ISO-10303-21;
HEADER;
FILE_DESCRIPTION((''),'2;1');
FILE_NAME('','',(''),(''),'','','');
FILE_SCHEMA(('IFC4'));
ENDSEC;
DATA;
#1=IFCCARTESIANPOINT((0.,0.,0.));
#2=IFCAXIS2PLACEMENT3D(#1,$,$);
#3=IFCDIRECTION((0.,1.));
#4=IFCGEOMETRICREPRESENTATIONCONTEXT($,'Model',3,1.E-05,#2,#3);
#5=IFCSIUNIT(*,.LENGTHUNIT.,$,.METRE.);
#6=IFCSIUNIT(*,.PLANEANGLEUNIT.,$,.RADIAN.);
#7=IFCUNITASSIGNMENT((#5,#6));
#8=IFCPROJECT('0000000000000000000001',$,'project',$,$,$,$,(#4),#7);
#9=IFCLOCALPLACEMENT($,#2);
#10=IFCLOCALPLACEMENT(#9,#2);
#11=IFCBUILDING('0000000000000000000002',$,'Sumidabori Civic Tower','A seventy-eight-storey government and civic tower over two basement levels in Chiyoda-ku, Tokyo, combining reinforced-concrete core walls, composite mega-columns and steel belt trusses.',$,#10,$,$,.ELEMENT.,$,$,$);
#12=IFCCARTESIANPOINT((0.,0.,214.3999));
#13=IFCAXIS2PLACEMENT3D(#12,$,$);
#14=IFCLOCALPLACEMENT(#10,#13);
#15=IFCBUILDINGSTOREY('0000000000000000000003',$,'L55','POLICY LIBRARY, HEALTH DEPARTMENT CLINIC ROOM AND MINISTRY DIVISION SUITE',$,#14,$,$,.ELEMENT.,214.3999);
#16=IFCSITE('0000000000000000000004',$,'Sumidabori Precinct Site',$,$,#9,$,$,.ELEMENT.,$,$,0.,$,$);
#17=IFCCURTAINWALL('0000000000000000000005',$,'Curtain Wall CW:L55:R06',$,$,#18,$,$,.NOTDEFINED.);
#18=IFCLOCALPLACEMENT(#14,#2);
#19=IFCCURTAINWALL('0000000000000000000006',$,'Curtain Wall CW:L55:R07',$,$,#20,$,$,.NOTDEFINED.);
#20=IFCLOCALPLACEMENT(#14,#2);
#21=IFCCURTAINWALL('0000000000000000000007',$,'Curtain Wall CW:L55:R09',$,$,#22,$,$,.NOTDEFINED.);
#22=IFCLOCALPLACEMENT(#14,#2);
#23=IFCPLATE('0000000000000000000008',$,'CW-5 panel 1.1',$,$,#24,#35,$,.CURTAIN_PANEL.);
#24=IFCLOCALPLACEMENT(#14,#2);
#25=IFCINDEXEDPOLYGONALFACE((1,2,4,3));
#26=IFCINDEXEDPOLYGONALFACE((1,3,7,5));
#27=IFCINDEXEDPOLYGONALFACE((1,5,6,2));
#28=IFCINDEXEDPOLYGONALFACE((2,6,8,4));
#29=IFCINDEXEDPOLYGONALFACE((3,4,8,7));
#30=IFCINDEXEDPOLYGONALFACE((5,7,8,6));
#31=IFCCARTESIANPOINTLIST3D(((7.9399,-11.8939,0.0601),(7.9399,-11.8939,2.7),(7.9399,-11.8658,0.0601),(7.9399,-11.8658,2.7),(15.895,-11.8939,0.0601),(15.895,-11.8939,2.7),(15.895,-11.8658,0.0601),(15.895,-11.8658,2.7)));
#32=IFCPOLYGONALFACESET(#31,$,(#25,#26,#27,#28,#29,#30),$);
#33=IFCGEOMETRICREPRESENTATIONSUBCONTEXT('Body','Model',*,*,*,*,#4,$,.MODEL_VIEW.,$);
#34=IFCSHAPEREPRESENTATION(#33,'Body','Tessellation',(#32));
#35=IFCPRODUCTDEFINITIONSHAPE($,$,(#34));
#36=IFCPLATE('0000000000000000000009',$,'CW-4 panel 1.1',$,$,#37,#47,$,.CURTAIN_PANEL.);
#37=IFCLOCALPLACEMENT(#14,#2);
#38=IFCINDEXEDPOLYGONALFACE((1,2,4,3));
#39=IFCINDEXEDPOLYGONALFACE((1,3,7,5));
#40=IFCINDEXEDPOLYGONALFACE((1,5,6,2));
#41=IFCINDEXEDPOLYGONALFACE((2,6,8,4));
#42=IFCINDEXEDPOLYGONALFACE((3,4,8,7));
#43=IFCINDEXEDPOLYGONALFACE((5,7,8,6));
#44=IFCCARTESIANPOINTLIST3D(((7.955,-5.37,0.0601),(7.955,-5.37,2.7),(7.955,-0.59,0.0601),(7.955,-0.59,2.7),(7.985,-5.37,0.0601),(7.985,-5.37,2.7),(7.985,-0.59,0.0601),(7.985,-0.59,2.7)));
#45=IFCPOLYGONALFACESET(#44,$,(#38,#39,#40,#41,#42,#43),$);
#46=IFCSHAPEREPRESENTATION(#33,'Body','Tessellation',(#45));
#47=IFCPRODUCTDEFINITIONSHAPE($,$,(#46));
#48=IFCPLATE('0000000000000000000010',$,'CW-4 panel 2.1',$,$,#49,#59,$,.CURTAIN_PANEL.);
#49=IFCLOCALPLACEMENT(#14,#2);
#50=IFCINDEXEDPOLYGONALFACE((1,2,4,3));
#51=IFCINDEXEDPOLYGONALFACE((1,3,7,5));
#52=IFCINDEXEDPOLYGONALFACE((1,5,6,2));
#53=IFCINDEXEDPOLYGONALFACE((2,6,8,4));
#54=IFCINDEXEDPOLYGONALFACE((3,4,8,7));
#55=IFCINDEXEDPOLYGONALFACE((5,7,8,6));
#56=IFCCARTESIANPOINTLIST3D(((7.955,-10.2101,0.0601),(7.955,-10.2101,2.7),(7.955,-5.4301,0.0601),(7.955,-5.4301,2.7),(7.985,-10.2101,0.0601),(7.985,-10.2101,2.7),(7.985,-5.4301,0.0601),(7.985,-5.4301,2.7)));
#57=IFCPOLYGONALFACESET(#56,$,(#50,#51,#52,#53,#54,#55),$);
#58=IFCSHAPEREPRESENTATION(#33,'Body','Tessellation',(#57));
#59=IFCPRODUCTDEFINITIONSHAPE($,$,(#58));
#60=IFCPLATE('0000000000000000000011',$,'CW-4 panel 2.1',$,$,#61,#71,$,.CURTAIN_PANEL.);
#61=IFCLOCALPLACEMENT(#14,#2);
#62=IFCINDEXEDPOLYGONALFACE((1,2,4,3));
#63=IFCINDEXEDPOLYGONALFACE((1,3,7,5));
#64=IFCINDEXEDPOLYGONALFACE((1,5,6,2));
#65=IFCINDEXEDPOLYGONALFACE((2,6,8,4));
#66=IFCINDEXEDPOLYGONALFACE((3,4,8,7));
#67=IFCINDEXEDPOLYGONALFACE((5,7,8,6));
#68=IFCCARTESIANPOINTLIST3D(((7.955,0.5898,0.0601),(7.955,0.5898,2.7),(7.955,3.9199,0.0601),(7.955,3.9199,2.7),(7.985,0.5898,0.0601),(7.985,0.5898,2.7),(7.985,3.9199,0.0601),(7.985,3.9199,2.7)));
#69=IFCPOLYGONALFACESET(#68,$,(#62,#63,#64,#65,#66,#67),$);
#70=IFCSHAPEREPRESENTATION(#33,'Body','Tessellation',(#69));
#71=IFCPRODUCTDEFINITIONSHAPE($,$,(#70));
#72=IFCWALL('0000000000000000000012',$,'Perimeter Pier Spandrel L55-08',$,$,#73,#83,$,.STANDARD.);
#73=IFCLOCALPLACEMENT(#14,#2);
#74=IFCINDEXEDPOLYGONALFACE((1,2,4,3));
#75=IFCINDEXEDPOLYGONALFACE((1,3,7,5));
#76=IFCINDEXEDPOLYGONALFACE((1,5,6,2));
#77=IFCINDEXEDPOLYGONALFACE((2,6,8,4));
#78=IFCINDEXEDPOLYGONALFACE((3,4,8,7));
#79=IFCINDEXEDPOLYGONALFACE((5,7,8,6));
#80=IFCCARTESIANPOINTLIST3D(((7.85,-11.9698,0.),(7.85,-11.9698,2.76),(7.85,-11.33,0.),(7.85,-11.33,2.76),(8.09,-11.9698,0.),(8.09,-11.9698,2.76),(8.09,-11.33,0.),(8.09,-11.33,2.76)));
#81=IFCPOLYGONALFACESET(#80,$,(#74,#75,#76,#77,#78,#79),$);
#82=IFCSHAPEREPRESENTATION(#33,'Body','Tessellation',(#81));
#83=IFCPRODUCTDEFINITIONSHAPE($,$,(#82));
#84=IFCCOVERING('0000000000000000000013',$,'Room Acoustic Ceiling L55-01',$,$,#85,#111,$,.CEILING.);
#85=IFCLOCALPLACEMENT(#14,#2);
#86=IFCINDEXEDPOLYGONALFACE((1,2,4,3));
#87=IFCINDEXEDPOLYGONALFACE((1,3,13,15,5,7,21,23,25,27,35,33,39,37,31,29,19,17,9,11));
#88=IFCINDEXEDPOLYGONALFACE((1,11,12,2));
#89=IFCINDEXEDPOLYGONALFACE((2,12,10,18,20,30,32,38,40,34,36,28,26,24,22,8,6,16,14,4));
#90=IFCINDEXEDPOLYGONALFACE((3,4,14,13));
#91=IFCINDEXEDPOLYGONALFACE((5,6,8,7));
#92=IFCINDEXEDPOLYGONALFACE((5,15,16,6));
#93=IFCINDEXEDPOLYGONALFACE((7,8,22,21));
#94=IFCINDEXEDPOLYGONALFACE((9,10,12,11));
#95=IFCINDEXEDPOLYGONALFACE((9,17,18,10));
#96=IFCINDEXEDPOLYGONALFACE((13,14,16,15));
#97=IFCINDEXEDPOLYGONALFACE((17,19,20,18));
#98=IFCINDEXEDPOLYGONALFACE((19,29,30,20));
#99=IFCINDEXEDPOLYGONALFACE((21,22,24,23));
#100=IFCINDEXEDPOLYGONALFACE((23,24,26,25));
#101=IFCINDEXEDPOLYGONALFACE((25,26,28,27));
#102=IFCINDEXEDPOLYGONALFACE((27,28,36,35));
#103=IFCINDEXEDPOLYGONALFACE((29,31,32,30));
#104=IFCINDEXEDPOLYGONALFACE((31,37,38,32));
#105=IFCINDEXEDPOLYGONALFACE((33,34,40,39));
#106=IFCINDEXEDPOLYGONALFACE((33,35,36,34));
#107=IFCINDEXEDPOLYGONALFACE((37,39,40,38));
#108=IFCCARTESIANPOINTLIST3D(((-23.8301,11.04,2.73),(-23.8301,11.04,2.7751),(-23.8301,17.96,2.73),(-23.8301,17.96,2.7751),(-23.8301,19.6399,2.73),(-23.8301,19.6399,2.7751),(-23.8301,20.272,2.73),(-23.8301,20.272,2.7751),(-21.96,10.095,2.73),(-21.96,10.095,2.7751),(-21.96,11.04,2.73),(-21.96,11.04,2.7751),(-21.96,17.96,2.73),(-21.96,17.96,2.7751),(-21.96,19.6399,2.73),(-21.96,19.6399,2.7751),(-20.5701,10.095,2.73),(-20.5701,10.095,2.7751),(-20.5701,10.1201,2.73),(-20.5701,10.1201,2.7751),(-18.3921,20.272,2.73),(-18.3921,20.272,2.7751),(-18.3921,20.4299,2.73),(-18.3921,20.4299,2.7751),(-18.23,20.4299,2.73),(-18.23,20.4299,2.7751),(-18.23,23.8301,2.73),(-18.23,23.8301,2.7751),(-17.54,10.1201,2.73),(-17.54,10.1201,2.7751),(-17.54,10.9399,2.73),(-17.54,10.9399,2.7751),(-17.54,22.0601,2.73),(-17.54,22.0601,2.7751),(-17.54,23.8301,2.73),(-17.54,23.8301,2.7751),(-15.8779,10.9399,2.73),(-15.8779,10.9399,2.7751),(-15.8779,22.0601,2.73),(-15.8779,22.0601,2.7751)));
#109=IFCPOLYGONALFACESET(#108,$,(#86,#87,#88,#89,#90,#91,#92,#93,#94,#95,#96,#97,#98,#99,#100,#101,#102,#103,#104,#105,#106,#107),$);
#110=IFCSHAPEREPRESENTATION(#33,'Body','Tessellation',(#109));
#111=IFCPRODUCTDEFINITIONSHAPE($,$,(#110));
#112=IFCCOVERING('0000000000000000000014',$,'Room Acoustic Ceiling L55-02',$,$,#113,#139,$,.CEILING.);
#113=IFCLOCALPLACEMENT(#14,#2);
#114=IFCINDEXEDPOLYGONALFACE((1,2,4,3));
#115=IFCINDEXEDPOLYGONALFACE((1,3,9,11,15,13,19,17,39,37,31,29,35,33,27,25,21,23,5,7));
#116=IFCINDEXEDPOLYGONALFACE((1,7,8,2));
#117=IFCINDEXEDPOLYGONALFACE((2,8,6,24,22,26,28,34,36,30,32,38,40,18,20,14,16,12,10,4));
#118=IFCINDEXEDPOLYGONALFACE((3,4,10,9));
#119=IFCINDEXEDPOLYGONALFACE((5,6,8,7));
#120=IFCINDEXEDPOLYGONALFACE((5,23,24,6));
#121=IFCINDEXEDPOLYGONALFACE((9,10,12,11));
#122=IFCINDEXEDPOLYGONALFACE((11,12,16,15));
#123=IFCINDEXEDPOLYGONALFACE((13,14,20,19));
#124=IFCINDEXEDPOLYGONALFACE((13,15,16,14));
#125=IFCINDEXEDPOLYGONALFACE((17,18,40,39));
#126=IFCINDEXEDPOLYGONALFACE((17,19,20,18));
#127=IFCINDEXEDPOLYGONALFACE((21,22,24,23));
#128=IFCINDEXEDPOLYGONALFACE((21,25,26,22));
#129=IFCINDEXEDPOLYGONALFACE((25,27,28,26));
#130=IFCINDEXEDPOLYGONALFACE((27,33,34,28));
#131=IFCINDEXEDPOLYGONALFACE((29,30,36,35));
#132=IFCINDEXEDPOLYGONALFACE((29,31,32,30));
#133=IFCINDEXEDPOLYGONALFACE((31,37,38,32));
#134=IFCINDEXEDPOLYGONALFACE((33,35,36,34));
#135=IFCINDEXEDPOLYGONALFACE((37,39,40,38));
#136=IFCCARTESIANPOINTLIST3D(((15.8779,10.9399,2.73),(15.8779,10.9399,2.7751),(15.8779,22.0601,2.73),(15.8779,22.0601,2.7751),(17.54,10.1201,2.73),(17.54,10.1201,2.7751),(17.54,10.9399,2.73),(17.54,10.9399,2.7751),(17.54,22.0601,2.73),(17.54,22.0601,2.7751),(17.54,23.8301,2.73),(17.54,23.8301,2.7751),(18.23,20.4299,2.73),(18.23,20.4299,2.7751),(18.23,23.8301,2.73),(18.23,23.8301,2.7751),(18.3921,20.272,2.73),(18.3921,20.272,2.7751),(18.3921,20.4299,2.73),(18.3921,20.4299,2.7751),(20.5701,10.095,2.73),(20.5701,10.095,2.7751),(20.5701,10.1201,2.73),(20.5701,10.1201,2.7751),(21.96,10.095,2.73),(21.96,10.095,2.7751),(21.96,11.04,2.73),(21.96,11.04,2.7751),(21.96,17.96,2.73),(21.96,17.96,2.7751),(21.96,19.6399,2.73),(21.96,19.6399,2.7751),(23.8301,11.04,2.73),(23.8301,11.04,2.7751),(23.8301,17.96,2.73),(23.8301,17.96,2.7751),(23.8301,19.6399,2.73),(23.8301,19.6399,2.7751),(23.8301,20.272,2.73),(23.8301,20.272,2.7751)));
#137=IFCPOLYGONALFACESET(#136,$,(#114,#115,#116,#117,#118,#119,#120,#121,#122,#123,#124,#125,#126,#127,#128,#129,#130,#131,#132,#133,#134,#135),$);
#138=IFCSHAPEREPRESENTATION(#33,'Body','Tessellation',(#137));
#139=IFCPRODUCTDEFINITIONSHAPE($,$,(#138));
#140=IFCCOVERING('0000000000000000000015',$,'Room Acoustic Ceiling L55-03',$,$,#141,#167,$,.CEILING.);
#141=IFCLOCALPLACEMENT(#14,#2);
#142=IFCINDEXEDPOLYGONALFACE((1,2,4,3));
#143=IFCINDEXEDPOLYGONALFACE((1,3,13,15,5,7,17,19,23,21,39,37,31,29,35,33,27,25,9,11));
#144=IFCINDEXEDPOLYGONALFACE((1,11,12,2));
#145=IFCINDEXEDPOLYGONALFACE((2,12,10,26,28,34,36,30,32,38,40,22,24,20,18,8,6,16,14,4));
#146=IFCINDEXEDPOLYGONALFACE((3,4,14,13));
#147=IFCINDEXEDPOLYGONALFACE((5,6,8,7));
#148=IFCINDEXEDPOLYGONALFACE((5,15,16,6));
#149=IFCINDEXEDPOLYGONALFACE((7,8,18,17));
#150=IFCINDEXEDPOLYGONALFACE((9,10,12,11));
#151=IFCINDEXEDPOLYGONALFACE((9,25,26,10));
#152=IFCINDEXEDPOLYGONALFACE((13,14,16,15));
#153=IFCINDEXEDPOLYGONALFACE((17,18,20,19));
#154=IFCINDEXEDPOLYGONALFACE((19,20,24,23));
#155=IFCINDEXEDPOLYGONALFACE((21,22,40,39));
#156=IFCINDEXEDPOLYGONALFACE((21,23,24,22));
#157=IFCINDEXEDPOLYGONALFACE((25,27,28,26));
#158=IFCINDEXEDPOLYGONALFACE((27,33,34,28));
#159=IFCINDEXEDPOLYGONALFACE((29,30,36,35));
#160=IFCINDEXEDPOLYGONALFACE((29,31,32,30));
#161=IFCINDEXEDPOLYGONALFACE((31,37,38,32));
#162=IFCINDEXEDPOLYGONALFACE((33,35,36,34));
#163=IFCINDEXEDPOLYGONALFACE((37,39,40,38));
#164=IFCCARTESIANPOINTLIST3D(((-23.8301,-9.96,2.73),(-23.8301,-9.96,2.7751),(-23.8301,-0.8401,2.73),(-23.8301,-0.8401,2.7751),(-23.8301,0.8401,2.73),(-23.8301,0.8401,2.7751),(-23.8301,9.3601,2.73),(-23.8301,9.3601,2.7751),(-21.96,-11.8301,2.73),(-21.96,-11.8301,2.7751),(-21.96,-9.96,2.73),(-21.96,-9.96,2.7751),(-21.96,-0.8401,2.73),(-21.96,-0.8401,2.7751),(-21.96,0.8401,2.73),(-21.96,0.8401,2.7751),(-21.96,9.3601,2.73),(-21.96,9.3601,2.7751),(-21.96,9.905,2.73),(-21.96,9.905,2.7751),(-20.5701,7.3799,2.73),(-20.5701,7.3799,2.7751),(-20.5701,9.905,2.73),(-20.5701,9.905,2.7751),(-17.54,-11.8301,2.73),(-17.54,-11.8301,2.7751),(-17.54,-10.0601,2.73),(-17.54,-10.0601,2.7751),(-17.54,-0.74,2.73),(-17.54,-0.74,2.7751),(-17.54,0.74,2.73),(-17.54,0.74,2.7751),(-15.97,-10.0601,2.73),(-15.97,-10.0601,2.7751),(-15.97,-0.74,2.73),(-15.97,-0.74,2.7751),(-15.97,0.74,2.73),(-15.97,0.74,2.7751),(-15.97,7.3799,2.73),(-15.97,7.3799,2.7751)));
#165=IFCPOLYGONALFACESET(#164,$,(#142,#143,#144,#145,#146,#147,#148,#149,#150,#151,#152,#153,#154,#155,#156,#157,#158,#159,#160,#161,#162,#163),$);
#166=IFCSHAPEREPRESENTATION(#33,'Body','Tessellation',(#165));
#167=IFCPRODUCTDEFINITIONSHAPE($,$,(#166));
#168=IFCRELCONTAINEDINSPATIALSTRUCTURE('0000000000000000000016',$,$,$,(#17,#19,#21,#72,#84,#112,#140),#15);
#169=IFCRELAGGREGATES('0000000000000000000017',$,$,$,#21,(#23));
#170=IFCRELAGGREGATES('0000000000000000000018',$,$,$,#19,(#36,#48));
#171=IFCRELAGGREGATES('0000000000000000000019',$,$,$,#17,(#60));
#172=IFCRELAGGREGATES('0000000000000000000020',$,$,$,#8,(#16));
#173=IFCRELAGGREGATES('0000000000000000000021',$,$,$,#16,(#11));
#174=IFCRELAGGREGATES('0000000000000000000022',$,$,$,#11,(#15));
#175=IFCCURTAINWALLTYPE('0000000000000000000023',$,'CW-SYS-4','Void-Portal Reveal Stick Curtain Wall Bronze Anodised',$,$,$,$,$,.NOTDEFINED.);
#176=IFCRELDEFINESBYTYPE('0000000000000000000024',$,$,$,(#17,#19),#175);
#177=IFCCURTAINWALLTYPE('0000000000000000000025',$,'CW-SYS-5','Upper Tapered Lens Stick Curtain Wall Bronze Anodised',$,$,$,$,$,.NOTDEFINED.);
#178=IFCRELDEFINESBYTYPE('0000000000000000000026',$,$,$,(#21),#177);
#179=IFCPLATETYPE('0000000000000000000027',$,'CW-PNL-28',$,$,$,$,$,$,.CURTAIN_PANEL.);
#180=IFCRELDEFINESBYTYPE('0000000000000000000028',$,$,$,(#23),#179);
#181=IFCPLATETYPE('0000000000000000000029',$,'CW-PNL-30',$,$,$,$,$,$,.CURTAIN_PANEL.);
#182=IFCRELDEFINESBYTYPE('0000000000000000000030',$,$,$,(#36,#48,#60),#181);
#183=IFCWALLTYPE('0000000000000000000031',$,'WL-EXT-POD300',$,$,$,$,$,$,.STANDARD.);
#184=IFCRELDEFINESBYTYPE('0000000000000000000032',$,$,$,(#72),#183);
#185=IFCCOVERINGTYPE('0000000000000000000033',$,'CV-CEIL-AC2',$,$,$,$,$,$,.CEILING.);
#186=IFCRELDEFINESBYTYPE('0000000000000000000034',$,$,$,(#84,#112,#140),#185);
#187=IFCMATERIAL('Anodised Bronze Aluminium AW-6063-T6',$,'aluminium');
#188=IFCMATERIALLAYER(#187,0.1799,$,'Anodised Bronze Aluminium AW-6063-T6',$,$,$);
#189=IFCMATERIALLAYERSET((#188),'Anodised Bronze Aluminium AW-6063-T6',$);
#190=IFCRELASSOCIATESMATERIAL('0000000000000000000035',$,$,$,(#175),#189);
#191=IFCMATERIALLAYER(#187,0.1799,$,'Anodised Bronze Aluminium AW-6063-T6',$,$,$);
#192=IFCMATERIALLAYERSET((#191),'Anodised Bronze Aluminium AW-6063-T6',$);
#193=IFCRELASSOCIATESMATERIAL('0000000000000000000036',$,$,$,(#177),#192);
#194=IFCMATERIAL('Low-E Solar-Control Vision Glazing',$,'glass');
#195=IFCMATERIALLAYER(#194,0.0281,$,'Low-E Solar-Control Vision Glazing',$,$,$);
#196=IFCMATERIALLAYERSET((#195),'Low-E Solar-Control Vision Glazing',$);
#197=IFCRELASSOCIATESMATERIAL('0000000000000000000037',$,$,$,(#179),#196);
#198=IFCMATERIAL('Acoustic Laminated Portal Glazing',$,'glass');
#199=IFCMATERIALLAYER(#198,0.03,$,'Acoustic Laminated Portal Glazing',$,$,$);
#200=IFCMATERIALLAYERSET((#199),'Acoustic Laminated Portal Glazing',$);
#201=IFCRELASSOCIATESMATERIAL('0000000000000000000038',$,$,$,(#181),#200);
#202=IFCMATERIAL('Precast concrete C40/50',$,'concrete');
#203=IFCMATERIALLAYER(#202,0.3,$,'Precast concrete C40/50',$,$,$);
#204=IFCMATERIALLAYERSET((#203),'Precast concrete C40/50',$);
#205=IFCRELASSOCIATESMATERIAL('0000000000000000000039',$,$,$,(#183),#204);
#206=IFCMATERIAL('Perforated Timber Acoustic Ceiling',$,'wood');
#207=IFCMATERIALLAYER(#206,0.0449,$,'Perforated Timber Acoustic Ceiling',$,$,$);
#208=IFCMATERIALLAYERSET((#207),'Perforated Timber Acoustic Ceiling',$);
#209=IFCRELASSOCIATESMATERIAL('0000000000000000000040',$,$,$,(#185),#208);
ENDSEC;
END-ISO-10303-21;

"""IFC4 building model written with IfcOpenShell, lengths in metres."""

from ifc_helpers import new_model, si_unit, direction, frame, frame_2d, origin, origin_2d, place, context, subcontext, project, spatial, polyline, rectangle, outline, extrude, source, transform, mapped, material, layer, layer_set, type_object, element, aggregate, save


model = new_model("IFC4")

# Units and contexts
model_context = context("Model", 3, precision=1e-05, world=origin(), true_north=direction((0.0, 1.0)))
body_context = subcontext(model_context, "Body", "Model", "MODEL_VIEW")
ifc_project = project(units=[si_unit("LENGTHUNIT", "METRE"), si_unit("PLANEANGLEUNIT", "RADIAN")], contexts=[model_context])

# Site, building, storey
site_placement = place(None, origin())
site = spatial("IfcSite", under=ifc_project, at=site_placement, Name="Sumidabori Precinct Site", CompositionType="ELEMENT", RefElevation=0.0)
building_placement = place(site_placement, origin())
building = spatial("IfcBuilding", under=site, at=building_placement, Name="Sumidabori Civic Tower", Description="A seventy-eight-storey government and civic tower over two basement levels in Chiyoda-ku, Tokyo, combining reinforced-concrete core walls, composite mega-columns and steel belt trusses.", CompositionType="ELEMENT")
storey_placement = place(building_placement, frame((0.0, 0.0, 214.3999)))
storey = spatial("IfcBuildingStorey", under=building, at=storey_placement, Name="L55", Description="POLICY LIBRARY, HEALTH DEPARTMENT CLINIC ROOM AND MINISTRY DIVISION SUITE", CompositionType="ELEMENT", Elevation=214.3999)

# Curtain walls
ifc_material_1 = material(Name="Anodised Bronze Aluminium AW-6063-T6", Category="aluminium")
ifc_layer_1 = layer(ifc_material_1, 0.1799, Name="Anodised Bronze Aluminium AW-6063-T6")
ifc_layer_set_1 = layer_set([ifc_layer_1], Name="Anodised Bronze Aluminium AW-6063-T6")
curtain_wall_type_1 = type_object("IfcCurtainWallType", Name="CW-SYS-4", Description="Void-Portal Reveal Stick Curtain Wall Bronze Anodised", PredefinedType="NOTDEFINED", material=ifc_layer_set_1)
curtain_wall_1_placement = place(storey_placement, origin())
curtain_wall_1 = element("IfcCurtainWall", 1, at=curtain_wall_1_placement, inside=storey, type_object=curtain_wall_type_1, Name="Curtain Wall CW:L55:R06", PredefinedType="NOTDEFINED")
curtain_wall_2_placement = place(storey_placement, origin())
curtain_wall_2 = element("IfcCurtainWall", 2, at=curtain_wall_2_placement, inside=storey, type_object=curtain_wall_type_1, Name="Curtain Wall CW:L55:R07", PredefinedType="NOTDEFINED")
ifc_layer_2 = layer(ifc_material_1, 0.1799, Name="Anodised Bronze Aluminium AW-6063-T6")
ifc_layer_set_2 = layer_set([ifc_layer_2], Name="Anodised Bronze Aluminium AW-6063-T6")
curtain_wall_type_2 = type_object("IfcCurtainWallType", Name="CW-SYS-5", Description="Upper Tapered Lens Stick Curtain Wall Bronze Anodised", PredefinedType="NOTDEFINED", material=ifc_layer_set_2)
curtain_wall_3_placement = place(storey_placement, origin())
curtain_wall_3 = element("IfcCurtainWall", 3, at=curtain_wall_3_placement, inside=storey, type_object=curtain_wall_type_2, Name="Curtain Wall CW:L55:R09", PredefinedType="NOTDEFINED")

# Plates
ifc_material_2 = material(Name="Low-E Solar-Control Vision Glazing", Category="glass")
ifc_layer_3 = layer(ifc_material_2, 0.0281, Name="Low-E Solar-Control Vision Glazing")
ifc_layer_set_3 = layer_set([ifc_layer_3], Name="Low-E Solar-Control Vision Glazing")
plate_type_1 = type_object("IfcPlateType", Name="CW-PNL-28", PredefinedType="CURTAIN_PANEL", material=ifc_layer_set_3)
shared_shape_1 = source(origin(), body_context, "Body", "SweptSolid", [
    extrude(rectangle(XDim=7.9551, YDim=0.0281, at=origin_2d()), origin(), (0.0, 0.0, 1.0), 2.6399),
])
plate_1_placement = place(storey_placement, frame((11.9175, -11.8799, 0.0601), z_axis=(0.0, 0.0, 1.0), x_axis=(1.0, 0.0, 0.0)))
plate_1 = element("IfcPlate", 4, at=plate_1_placement, type_object=plate_type_1, Name="CW-5 panel 1.1", PredefinedType="CURTAIN_PANEL", context=body_context, shape_type="MappedRepresentation", body=[
    mapped(shared_shape_1, transform((0.0, 0.0, 0.0), x_axis=(1.0, 0.0, 0.0), y_axis=(0.0, 1.0, 0.0), z_axis=(0.0, 0.0, 1.0), scale=1.0)),
])
aggregate(curtain_wall_3, [plate_1])
ifc_material_3 = material(Name="Acoustic Laminated Portal Glazing", Category="glass")
ifc_layer_4 = layer(ifc_material_3, 0.03, Name="Acoustic Laminated Portal Glazing")
ifc_layer_set_4 = layer_set([ifc_layer_4], Name="Acoustic Laminated Portal Glazing")
plate_type_2 = type_object("IfcPlateType", Name="CW-PNL-30", PredefinedType="CURTAIN_PANEL", material=ifc_layer_set_4)
shared_shape_2 = source(origin(), body_context, "Body", "SweptSolid", [
    extrude(rectangle(XDim=4.78, YDim=0.03, at=origin_2d()), origin(), (0.0, 0.0, 1.0), 2.6399),
])
plate_2_placement = place(storey_placement, frame((7.97, -2.98, 0.0601), z_axis=(0.0, 0.0, 1.0), x_axis=(0.0, -1.0, 0.0)))
plate_2 = element("IfcPlate", 5, at=plate_2_placement, type_object=plate_type_2, Name="CW-4 panel 1.1", PredefinedType="CURTAIN_PANEL", context=body_context, shape_type="MappedRepresentation", body=[
    mapped(shared_shape_2, transform((0.0, 0.0, 0.0), x_axis=(1.0, 0.0, 0.0), y_axis=(0.0, 1.0, 0.0), z_axis=(0.0, 0.0, 1.0), scale=1.0)),
])
plate_3_placement = place(storey_placement, frame((7.97, -7.8201, 0.0601), z_axis=(0.0, 0.0, 1.0), x_axis=(0.0, -1.0, 0.0)))
plate_3 = element("IfcPlate", 6, at=plate_3_placement, type_object=plate_type_2, Name="CW-4 panel 2.1", PredefinedType="CURTAIN_PANEL", context=body_context, shape_type="MappedRepresentation", body=[
    mapped(shared_shape_2, transform((0.0, 0.0, 0.0), x_axis=(1.0, 0.0, 0.0), y_axis=(0.0, 1.0, 0.0), z_axis=(0.0, 0.0, 1.0), scale=1.0)),
])
aggregate(curtain_wall_2, [plate_2, plate_3])
shared_shape_3 = source(origin(), body_context, "Body", "SweptSolid", [
    extrude(rectangle(XDim=3.3301, YDim=0.03, at=origin_2d()), origin(), (0.0, 0.0, 1.0), 2.6399),
])
plate_4_placement = place(storey_placement, frame((7.97, 2.2549, 0.0601), z_axis=(0.0, 0.0, 1.0), x_axis=(0.0, -1.0, 0.0)))
plate_4 = element("IfcPlate", 7, at=plate_4_placement, type_object=plate_type_2, Name="CW-4 panel 2.1", PredefinedType="CURTAIN_PANEL", context=body_context, shape_type="MappedRepresentation", body=[
    mapped(shared_shape_3, transform((0.0, 0.0, 0.0), x_axis=(1.0, 0.0, 0.0), y_axis=(0.0, 1.0, 0.0), z_axis=(0.0, 0.0, 1.0), scale=1.0)),
])
aggregate(curtain_wall_1, [plate_4])

# Wall
ifc_material_4 = material(Name="Precast concrete C40/50", Category="concrete")
ifc_layer_5 = layer(ifc_material_4, 0.3, Name="Precast concrete C40/50")
ifc_layer_set_5 = layer_set([ifc_layer_5], Name="Precast concrete C40/50")
wall_type = type_object("IfcWallType", Name="WL-EXT-POD300", PredefinedType="STANDARD", material=ifc_layer_set_5)
shared_shape_4 = source(origin(), body_context, "Body", "SweptSolid", [
    extrude(rectangle(XDim=0.6399, YDim=0.24, at=frame_2d((0.3198, 0.0))), origin(), (0.0, 0.0, 1.0), 2.76),
])
wall_placement = place(storey_placement, frame((7.97, -11.3301, 0.0), z_axis=(0.0, 0.0, 1.0), x_axis=(0.0, -1.0, 0.0)))
element("IfcWall", 8, at=wall_placement, inside=storey, type_object=wall_type, Name="Perimeter Pier Spandrel L55-08", PredefinedType="STANDARD", context=body_context, shape_type="MappedRepresentation", body=[
    mapped(shared_shape_4, transform((0.0, 0.0, 0.0), x_axis=(1.0, 0.0, 0.0), y_axis=(0.0, 1.0, 0.0), z_axis=(0.0, 0.0, 1.0), scale=1.0)),
])

# Coverings
ifc_material_5 = material(Name="Perforated Timber Acoustic Ceiling", Category="wood")
ifc_layer_6 = layer(ifc_material_5, 0.0449, Name="Perforated Timber Acoustic Ceiling")
ifc_layer_set_6 = layer_set([ifc_layer_6], Name="Perforated Timber Acoustic Ceiling")
covering_type_1 = type_object("IfcCoveringType", Name="CV-CEIL-AC2", PredefinedType="CEILING", material=ifc_layer_set_6)
covering_1_placement = place(storey_placement, frame((0.0, 0.0, 2.73)))
element("IfcCovering", 9, at=covering_1_placement, inside=storey, type_object=covering_type_1, Name="Room Acoustic Ceiling L55-01", PredefinedType="CEILING", context=body_context, shape_type="SweptSolid", body=[
    extrude(outline(polyline([(-23.8301, 17.96), (-21.96, 17.96), (-21.96, 19.6399), (-23.8301, 19.6399), (-23.8301, 20.272), (-18.3921, 20.272), (-18.3921, 20.4299), (-18.23, 20.4299), (-18.23, 23.8301), (-17.54, 23.8301), (-17.54, 22.0601), (-15.8779, 22.0601), (-15.8779, 10.9399), (-17.54, 10.9399), (-17.54, 10.1201), (-20.5701, 10.1201), (-20.5701, 10.095), (-21.96, 10.095), (-21.96, 11.04), (-23.8301, 11.04), (-23.8301, 17.96)])), origin(), (0.0, 0.0, 1.0), 0.0452),
])
covering_2_placement = place(storey_placement, frame((0.0, 0.0, 2.73)))
element("IfcCovering", 10, at=covering_2_placement, inside=storey, type_object=covering_type_1, Name="Room Acoustic Ceiling L55-02", PredefinedType="CEILING", context=body_context, shape_type="SweptSolid", body=[
    extrude(outline(polyline([(23.8301, 20.272), (23.8301, 19.6399), (21.96, 19.6399), (21.96, 17.96), (23.8301, 17.96), (23.8301, 11.04), (21.96, 11.04), (21.96, 10.095), (20.5701, 10.095), (20.5701, 10.1201), (17.54, 10.1201), (17.54, 10.9399), (15.8779, 10.9399), (15.8779, 22.0601), (17.54, 22.0601), (17.54, 23.8301), (18.23, 23.8301), (18.23, 20.4299), (18.3921, 20.4299), (18.3921, 20.272), (23.8301, 20.272)])), origin(), (0.0, 0.0, 1.0), 0.0452),
])
covering_3_placement = place(storey_placement, frame((0.0, 0.0, 2.73)))
element("IfcCovering", 11, at=covering_3_placement, inside=storey, type_object=covering_type_1, Name="Room Acoustic Ceiling L55-03", PredefinedType="CEILING", context=body_context, shape_type="SweptSolid", body=[
    extrude(outline(polyline([(-23.8301, -0.8401), (-21.96, -0.8401), (-21.96, 0.8401), (-23.8301, 0.8401), (-23.8301, 9.3601), (-21.96, 9.3601), (-21.96, 9.905), (-20.5701, 9.905), (-20.5701, 7.3799), (-15.97, 7.3799), (-15.97, 0.74), (-17.54, 0.74), (-17.54, -0.74), (-15.97, -0.74), (-15.97, -10.0601), (-17.54, -10.0601), (-17.54, -11.8301), (-21.96, -11.8301), (-21.96, -9.96), (-23.8301, -9.96), (-23.8301, -0.8401)])), origin(), (0.0, 0.0, 1.0), 0.0452),
])

save(model, "model.ifc")
